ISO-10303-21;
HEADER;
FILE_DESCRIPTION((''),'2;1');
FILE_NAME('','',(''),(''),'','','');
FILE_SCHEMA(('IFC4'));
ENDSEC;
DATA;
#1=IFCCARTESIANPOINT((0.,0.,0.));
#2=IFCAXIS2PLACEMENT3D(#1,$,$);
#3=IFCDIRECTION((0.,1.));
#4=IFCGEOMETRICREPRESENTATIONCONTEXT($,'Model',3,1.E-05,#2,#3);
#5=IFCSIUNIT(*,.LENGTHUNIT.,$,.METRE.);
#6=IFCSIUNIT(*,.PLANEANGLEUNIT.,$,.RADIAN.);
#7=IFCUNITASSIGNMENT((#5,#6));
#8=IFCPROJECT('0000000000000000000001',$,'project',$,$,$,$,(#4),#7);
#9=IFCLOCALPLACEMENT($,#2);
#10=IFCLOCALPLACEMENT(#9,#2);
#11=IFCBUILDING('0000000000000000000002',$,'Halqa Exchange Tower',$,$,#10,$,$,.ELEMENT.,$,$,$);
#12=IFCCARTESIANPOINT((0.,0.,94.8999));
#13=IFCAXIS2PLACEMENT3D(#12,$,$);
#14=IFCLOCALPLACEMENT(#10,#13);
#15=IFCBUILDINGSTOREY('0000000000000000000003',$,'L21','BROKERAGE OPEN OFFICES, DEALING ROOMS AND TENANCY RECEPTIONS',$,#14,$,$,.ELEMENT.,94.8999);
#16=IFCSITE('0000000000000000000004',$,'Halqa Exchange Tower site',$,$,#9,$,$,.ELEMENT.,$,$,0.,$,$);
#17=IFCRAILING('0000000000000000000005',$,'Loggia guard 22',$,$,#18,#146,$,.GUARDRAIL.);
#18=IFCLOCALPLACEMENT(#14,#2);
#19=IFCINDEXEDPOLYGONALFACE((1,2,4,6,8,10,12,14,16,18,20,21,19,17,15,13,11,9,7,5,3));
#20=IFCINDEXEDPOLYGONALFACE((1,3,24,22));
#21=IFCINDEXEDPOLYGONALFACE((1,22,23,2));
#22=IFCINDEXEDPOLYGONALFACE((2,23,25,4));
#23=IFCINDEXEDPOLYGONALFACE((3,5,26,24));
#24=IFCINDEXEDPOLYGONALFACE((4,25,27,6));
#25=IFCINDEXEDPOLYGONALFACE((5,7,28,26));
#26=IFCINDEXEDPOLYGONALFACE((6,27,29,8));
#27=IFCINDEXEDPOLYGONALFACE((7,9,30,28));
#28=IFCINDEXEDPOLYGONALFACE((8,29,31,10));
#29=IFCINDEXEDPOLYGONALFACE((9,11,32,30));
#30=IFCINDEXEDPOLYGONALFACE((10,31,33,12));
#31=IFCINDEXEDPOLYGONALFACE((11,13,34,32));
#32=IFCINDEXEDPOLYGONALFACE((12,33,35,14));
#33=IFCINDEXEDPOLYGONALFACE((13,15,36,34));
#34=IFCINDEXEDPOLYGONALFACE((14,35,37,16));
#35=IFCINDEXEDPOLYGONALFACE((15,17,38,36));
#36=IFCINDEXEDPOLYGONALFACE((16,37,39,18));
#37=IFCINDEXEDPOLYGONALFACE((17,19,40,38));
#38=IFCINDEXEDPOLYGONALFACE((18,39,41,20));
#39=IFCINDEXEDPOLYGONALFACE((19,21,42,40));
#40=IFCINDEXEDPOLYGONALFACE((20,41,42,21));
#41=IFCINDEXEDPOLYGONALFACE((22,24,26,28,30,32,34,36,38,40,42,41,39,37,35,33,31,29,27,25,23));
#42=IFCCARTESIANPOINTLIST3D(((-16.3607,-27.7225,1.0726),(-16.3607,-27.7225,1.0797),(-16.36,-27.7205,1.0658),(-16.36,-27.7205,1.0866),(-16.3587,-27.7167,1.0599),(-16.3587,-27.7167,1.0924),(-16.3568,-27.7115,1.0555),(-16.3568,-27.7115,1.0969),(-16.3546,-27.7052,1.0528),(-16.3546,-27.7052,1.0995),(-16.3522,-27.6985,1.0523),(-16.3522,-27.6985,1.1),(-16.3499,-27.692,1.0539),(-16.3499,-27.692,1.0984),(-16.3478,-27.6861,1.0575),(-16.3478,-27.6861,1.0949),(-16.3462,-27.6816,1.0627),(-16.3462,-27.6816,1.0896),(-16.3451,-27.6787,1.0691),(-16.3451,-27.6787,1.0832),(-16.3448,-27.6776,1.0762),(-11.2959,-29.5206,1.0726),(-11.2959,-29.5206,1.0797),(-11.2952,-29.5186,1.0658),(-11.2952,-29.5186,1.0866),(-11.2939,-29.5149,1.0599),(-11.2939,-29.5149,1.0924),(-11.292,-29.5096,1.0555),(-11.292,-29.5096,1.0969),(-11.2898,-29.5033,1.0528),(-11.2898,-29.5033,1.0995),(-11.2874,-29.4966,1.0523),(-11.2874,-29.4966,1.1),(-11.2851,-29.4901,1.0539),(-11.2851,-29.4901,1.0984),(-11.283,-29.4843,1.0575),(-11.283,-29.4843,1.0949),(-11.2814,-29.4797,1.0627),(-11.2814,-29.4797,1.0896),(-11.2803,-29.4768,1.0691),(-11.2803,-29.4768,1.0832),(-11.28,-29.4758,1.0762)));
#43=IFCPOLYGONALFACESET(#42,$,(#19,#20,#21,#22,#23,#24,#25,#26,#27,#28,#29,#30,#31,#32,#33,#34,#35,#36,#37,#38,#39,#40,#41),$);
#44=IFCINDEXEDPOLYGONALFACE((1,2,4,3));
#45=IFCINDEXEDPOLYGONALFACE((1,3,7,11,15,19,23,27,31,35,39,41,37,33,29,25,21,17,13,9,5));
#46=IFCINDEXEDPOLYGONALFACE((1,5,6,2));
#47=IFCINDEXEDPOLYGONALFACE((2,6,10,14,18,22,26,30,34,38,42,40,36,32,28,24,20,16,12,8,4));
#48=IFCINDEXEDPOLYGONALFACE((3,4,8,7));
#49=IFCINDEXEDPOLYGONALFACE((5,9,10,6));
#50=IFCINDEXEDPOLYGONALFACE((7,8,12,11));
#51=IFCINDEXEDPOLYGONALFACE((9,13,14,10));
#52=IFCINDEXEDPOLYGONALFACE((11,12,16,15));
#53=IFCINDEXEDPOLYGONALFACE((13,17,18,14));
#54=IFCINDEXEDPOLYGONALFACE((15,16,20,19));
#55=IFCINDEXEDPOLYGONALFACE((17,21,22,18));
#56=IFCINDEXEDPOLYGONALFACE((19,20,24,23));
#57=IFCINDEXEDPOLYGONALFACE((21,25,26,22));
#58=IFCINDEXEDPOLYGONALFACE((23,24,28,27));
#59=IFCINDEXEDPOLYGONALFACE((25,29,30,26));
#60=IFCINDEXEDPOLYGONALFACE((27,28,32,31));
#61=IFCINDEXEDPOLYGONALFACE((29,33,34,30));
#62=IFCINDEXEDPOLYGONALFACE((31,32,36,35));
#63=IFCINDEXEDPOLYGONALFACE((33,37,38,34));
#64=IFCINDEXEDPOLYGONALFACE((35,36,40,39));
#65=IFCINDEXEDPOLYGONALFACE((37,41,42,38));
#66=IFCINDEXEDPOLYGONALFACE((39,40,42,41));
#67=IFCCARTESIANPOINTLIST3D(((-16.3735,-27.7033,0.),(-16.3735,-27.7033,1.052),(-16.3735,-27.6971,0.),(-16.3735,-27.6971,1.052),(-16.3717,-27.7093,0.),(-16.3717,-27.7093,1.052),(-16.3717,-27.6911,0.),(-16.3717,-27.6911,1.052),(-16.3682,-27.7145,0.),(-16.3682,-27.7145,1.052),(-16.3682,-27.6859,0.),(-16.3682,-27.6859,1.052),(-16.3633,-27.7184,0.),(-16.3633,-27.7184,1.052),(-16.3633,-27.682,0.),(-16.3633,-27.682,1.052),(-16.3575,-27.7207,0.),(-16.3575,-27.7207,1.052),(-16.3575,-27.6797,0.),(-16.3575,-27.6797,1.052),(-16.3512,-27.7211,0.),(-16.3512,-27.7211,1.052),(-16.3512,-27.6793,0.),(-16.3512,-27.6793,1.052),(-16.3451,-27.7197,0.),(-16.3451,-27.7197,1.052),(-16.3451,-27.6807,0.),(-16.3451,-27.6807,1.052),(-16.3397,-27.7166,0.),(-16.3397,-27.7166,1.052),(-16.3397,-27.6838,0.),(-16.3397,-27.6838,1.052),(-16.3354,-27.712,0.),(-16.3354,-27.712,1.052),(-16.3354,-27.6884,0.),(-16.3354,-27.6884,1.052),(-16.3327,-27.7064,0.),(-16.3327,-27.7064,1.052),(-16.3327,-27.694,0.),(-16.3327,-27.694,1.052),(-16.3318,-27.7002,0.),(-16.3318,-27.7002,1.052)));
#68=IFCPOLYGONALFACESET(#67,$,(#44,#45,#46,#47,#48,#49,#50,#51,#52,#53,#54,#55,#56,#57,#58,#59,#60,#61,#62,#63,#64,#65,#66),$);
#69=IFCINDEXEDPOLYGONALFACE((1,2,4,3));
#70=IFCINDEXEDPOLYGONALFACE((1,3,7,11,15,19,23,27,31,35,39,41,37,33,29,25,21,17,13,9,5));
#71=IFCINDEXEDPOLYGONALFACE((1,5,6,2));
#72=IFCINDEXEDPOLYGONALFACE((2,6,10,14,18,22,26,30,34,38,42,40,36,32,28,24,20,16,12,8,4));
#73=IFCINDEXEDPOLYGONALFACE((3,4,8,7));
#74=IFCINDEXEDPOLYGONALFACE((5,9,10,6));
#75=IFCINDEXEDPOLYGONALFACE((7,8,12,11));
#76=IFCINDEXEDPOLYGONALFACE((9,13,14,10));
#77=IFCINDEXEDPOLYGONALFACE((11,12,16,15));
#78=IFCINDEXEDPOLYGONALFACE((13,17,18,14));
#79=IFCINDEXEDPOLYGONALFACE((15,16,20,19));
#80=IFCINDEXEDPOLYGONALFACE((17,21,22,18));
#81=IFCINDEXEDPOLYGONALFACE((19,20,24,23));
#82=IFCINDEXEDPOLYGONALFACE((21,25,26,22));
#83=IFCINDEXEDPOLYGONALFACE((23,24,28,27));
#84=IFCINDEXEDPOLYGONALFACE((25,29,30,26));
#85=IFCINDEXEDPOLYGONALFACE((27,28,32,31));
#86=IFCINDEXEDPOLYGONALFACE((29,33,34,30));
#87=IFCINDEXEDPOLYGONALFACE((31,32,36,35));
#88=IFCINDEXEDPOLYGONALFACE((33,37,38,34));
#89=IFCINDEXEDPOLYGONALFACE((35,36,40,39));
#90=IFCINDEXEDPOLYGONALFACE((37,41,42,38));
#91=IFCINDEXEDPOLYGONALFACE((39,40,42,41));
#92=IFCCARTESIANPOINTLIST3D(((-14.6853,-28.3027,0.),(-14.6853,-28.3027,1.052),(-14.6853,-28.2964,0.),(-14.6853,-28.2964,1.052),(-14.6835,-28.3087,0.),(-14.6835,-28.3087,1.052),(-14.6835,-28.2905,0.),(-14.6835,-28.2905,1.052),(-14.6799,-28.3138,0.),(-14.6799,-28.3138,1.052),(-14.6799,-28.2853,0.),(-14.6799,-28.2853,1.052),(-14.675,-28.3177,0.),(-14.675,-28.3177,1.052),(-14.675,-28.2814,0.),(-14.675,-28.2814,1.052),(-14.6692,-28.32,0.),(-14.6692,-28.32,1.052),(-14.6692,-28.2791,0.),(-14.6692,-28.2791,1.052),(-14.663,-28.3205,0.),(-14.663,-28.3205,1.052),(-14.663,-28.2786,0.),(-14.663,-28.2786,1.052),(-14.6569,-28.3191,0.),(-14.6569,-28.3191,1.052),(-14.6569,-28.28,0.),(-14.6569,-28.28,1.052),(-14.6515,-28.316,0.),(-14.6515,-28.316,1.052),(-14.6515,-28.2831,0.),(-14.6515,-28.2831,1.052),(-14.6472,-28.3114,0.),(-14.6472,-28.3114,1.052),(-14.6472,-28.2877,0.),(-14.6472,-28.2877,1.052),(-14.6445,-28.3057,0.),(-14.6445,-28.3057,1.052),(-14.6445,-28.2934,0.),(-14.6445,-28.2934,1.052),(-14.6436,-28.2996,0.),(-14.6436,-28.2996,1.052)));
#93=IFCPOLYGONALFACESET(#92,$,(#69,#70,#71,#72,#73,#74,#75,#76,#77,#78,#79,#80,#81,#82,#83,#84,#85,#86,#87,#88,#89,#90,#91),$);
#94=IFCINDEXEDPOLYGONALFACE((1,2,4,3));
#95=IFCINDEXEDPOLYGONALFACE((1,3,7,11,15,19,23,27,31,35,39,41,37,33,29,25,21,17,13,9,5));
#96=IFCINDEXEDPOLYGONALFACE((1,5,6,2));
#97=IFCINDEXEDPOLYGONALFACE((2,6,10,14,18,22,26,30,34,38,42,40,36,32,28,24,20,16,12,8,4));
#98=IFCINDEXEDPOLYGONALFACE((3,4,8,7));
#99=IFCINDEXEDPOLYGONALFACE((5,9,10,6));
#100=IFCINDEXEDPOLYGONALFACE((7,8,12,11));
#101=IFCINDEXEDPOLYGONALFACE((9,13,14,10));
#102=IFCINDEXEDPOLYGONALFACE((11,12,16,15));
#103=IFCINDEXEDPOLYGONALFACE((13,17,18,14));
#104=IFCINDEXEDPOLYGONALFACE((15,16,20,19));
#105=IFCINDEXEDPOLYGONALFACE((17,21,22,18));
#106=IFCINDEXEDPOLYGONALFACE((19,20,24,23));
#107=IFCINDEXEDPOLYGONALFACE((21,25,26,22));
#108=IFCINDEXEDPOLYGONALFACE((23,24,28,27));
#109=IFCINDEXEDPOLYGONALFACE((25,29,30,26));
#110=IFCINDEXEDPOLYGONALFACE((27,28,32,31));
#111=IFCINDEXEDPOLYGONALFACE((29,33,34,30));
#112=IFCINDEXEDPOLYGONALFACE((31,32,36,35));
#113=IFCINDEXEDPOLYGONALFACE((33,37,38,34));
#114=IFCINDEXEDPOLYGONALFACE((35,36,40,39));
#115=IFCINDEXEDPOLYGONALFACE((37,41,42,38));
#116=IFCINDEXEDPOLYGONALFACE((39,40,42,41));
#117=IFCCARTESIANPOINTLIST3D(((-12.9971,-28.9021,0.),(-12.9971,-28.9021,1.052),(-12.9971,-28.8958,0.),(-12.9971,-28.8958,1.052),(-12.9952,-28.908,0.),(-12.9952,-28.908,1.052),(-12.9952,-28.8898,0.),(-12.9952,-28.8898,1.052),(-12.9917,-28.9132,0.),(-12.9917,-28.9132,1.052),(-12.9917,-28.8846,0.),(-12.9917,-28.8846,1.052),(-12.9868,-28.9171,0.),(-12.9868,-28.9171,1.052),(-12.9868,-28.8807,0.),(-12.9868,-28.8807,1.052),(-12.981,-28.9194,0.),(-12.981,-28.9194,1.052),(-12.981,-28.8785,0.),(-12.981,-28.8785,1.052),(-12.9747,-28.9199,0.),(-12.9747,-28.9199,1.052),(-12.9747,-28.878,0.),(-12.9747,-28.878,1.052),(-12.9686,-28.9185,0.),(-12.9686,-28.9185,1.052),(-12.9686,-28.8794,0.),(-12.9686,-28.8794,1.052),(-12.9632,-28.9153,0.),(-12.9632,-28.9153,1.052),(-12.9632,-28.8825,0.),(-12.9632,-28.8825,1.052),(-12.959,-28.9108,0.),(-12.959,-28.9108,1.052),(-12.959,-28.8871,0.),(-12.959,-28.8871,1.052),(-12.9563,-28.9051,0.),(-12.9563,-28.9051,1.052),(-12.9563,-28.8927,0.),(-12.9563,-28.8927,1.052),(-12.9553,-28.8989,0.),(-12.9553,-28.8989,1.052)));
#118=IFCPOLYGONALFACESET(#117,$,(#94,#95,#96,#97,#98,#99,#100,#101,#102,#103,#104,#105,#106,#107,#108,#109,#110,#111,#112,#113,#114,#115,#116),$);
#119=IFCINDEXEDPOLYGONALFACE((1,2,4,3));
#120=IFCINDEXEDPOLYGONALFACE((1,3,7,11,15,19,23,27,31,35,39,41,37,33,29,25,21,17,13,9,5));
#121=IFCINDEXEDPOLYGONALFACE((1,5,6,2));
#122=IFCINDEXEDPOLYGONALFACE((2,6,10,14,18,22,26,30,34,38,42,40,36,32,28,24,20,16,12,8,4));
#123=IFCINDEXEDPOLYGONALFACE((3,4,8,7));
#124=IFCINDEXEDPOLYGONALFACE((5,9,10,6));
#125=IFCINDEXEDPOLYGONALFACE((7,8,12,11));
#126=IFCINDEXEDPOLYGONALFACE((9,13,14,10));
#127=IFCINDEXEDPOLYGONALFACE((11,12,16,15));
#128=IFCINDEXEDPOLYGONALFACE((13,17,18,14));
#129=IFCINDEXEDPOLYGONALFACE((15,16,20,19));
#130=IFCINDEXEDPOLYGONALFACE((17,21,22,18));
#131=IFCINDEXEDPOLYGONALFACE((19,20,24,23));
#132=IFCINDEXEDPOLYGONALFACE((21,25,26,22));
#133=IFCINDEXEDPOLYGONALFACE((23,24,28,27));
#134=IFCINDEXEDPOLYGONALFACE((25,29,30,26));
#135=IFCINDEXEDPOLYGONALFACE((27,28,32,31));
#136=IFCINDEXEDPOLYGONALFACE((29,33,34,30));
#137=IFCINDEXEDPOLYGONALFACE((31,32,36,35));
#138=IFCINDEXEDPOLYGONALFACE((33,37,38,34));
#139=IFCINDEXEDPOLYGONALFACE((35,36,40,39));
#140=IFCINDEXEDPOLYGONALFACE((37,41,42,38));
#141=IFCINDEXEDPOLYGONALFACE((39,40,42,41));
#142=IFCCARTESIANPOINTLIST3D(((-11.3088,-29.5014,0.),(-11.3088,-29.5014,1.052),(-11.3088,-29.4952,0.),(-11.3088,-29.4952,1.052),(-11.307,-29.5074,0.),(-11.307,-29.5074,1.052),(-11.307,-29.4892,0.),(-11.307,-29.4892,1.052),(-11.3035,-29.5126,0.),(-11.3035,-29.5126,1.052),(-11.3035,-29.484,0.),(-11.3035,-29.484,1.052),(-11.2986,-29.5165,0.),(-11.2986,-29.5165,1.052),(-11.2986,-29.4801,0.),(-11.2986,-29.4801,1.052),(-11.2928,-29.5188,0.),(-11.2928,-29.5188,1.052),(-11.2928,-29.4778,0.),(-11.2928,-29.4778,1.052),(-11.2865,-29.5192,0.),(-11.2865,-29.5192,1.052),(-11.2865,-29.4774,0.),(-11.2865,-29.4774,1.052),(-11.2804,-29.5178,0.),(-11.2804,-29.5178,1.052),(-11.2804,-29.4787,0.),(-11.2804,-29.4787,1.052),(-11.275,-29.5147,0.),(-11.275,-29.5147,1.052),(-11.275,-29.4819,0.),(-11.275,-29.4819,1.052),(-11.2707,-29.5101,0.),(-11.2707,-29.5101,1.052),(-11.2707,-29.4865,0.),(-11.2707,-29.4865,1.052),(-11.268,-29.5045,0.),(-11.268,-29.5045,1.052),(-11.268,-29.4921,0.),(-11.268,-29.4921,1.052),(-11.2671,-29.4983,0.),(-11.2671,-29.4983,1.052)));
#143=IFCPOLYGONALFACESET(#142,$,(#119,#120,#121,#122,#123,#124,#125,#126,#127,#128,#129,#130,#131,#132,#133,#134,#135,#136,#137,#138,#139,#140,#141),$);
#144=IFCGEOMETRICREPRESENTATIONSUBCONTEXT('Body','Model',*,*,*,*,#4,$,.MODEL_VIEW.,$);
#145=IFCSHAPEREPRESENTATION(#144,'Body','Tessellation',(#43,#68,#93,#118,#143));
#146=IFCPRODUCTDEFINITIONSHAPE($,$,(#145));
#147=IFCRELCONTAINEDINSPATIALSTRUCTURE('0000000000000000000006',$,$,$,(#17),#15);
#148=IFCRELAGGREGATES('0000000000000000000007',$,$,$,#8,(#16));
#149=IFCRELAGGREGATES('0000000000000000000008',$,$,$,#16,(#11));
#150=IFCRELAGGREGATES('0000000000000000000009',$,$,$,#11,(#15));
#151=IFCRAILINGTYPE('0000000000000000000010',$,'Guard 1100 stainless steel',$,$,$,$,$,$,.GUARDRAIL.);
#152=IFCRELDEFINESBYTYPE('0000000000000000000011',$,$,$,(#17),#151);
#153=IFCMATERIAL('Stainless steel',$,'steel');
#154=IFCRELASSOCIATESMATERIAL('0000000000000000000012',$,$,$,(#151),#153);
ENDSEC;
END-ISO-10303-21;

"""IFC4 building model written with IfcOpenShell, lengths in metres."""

from ifc_helpers import new_model, si_unit, direction, frame, origin, origin_2d, place, context, subcontext, project, spatial, circle, extrude, material, type_object, element, save


model = new_model("IFC4")

# Units and contexts
model_context = context("Model", 3, precision=1e-05, world=origin(), true_north=direction((0.0, 1.0)))
body_context = subcontext(model_context, "Body", "Model", "MODEL_VIEW")
ifc_project = project(units=[si_unit("LENGTHUNIT", "METRE"), si_unit("PLANEANGLEUNIT", "RADIAN")], contexts=[model_context])

# Site, building, storey
site_placement = place(None, origin())
site = spatial("IfcSite", under=ifc_project, at=site_placement, Name="Halqa Exchange Tower site", CompositionType="ELEMENT", RefElevation=0.0)
building_placement = place(site_placement, origin())
building = spatial("IfcBuilding", under=site, at=building_placement, Name="Halqa Exchange Tower", CompositionType="ELEMENT")
storey_placement = place(building_placement, frame((0.0, 0.0, 94.8999)))
storey = spatial("IfcBuildingStorey", under=building, at=storey_placement, Name="L21", Description="BROKERAGE OPEN OFFICES, DEALING ROOMS AND TENANCY RECEPTIONS", CompositionType="ELEMENT", Elevation=94.8999)

# Railing
ifc_material_1 = material(Name="Stainless steel", Category="steel")
railing_type = type_object("IfcRailingType", Name="Guard 1100 stainless steel", PredefinedType="GUARDRAIL", material=ifc_material_1)
railing_1_placement = place(storey_placement, frame((-16.3528, -27.7002, 0.0)))
element("IfcRailing", 1, at=railing_1_placement, inside=storey, type_object=railing_type, Name="Loggia guard 22", PredefinedType="GUARDRAIL", context=body_context, shape_type="SweptSolid", body=[
    extrude(circle(Radius=0.0239, at=origin_2d()), frame((0.0, 0.0, 1.0762), z_axis=(0.942372, -0.334566, 0.0), x_axis=(0.334566, 0.942372, 0.0)), (0.0, 0.0, 1.0), 5.3745),
    extrude(circle(Radius=0.021, at=origin_2d()), origin(), (0.0, 0.0, 1.0), 1.052),
    extrude(circle(Radius=0.021, at=origin_2d()), frame((1.6882, -0.5994, 0.0)), (0.0, 0.0, 1.0), 1.052),
    extrude(circle(Radius=0.021, at=origin_2d()), frame((3.3765, -1.1987, 0.0)), (0.0, 0.0, 1.0), 1.052),
    extrude(circle(Radius=0.021, at=origin_2d()), frame((5.0647, -1.7981, 0.0)), (0.0, 0.0, 1.0), 1.052),
])

save(model, "model.ifc")
